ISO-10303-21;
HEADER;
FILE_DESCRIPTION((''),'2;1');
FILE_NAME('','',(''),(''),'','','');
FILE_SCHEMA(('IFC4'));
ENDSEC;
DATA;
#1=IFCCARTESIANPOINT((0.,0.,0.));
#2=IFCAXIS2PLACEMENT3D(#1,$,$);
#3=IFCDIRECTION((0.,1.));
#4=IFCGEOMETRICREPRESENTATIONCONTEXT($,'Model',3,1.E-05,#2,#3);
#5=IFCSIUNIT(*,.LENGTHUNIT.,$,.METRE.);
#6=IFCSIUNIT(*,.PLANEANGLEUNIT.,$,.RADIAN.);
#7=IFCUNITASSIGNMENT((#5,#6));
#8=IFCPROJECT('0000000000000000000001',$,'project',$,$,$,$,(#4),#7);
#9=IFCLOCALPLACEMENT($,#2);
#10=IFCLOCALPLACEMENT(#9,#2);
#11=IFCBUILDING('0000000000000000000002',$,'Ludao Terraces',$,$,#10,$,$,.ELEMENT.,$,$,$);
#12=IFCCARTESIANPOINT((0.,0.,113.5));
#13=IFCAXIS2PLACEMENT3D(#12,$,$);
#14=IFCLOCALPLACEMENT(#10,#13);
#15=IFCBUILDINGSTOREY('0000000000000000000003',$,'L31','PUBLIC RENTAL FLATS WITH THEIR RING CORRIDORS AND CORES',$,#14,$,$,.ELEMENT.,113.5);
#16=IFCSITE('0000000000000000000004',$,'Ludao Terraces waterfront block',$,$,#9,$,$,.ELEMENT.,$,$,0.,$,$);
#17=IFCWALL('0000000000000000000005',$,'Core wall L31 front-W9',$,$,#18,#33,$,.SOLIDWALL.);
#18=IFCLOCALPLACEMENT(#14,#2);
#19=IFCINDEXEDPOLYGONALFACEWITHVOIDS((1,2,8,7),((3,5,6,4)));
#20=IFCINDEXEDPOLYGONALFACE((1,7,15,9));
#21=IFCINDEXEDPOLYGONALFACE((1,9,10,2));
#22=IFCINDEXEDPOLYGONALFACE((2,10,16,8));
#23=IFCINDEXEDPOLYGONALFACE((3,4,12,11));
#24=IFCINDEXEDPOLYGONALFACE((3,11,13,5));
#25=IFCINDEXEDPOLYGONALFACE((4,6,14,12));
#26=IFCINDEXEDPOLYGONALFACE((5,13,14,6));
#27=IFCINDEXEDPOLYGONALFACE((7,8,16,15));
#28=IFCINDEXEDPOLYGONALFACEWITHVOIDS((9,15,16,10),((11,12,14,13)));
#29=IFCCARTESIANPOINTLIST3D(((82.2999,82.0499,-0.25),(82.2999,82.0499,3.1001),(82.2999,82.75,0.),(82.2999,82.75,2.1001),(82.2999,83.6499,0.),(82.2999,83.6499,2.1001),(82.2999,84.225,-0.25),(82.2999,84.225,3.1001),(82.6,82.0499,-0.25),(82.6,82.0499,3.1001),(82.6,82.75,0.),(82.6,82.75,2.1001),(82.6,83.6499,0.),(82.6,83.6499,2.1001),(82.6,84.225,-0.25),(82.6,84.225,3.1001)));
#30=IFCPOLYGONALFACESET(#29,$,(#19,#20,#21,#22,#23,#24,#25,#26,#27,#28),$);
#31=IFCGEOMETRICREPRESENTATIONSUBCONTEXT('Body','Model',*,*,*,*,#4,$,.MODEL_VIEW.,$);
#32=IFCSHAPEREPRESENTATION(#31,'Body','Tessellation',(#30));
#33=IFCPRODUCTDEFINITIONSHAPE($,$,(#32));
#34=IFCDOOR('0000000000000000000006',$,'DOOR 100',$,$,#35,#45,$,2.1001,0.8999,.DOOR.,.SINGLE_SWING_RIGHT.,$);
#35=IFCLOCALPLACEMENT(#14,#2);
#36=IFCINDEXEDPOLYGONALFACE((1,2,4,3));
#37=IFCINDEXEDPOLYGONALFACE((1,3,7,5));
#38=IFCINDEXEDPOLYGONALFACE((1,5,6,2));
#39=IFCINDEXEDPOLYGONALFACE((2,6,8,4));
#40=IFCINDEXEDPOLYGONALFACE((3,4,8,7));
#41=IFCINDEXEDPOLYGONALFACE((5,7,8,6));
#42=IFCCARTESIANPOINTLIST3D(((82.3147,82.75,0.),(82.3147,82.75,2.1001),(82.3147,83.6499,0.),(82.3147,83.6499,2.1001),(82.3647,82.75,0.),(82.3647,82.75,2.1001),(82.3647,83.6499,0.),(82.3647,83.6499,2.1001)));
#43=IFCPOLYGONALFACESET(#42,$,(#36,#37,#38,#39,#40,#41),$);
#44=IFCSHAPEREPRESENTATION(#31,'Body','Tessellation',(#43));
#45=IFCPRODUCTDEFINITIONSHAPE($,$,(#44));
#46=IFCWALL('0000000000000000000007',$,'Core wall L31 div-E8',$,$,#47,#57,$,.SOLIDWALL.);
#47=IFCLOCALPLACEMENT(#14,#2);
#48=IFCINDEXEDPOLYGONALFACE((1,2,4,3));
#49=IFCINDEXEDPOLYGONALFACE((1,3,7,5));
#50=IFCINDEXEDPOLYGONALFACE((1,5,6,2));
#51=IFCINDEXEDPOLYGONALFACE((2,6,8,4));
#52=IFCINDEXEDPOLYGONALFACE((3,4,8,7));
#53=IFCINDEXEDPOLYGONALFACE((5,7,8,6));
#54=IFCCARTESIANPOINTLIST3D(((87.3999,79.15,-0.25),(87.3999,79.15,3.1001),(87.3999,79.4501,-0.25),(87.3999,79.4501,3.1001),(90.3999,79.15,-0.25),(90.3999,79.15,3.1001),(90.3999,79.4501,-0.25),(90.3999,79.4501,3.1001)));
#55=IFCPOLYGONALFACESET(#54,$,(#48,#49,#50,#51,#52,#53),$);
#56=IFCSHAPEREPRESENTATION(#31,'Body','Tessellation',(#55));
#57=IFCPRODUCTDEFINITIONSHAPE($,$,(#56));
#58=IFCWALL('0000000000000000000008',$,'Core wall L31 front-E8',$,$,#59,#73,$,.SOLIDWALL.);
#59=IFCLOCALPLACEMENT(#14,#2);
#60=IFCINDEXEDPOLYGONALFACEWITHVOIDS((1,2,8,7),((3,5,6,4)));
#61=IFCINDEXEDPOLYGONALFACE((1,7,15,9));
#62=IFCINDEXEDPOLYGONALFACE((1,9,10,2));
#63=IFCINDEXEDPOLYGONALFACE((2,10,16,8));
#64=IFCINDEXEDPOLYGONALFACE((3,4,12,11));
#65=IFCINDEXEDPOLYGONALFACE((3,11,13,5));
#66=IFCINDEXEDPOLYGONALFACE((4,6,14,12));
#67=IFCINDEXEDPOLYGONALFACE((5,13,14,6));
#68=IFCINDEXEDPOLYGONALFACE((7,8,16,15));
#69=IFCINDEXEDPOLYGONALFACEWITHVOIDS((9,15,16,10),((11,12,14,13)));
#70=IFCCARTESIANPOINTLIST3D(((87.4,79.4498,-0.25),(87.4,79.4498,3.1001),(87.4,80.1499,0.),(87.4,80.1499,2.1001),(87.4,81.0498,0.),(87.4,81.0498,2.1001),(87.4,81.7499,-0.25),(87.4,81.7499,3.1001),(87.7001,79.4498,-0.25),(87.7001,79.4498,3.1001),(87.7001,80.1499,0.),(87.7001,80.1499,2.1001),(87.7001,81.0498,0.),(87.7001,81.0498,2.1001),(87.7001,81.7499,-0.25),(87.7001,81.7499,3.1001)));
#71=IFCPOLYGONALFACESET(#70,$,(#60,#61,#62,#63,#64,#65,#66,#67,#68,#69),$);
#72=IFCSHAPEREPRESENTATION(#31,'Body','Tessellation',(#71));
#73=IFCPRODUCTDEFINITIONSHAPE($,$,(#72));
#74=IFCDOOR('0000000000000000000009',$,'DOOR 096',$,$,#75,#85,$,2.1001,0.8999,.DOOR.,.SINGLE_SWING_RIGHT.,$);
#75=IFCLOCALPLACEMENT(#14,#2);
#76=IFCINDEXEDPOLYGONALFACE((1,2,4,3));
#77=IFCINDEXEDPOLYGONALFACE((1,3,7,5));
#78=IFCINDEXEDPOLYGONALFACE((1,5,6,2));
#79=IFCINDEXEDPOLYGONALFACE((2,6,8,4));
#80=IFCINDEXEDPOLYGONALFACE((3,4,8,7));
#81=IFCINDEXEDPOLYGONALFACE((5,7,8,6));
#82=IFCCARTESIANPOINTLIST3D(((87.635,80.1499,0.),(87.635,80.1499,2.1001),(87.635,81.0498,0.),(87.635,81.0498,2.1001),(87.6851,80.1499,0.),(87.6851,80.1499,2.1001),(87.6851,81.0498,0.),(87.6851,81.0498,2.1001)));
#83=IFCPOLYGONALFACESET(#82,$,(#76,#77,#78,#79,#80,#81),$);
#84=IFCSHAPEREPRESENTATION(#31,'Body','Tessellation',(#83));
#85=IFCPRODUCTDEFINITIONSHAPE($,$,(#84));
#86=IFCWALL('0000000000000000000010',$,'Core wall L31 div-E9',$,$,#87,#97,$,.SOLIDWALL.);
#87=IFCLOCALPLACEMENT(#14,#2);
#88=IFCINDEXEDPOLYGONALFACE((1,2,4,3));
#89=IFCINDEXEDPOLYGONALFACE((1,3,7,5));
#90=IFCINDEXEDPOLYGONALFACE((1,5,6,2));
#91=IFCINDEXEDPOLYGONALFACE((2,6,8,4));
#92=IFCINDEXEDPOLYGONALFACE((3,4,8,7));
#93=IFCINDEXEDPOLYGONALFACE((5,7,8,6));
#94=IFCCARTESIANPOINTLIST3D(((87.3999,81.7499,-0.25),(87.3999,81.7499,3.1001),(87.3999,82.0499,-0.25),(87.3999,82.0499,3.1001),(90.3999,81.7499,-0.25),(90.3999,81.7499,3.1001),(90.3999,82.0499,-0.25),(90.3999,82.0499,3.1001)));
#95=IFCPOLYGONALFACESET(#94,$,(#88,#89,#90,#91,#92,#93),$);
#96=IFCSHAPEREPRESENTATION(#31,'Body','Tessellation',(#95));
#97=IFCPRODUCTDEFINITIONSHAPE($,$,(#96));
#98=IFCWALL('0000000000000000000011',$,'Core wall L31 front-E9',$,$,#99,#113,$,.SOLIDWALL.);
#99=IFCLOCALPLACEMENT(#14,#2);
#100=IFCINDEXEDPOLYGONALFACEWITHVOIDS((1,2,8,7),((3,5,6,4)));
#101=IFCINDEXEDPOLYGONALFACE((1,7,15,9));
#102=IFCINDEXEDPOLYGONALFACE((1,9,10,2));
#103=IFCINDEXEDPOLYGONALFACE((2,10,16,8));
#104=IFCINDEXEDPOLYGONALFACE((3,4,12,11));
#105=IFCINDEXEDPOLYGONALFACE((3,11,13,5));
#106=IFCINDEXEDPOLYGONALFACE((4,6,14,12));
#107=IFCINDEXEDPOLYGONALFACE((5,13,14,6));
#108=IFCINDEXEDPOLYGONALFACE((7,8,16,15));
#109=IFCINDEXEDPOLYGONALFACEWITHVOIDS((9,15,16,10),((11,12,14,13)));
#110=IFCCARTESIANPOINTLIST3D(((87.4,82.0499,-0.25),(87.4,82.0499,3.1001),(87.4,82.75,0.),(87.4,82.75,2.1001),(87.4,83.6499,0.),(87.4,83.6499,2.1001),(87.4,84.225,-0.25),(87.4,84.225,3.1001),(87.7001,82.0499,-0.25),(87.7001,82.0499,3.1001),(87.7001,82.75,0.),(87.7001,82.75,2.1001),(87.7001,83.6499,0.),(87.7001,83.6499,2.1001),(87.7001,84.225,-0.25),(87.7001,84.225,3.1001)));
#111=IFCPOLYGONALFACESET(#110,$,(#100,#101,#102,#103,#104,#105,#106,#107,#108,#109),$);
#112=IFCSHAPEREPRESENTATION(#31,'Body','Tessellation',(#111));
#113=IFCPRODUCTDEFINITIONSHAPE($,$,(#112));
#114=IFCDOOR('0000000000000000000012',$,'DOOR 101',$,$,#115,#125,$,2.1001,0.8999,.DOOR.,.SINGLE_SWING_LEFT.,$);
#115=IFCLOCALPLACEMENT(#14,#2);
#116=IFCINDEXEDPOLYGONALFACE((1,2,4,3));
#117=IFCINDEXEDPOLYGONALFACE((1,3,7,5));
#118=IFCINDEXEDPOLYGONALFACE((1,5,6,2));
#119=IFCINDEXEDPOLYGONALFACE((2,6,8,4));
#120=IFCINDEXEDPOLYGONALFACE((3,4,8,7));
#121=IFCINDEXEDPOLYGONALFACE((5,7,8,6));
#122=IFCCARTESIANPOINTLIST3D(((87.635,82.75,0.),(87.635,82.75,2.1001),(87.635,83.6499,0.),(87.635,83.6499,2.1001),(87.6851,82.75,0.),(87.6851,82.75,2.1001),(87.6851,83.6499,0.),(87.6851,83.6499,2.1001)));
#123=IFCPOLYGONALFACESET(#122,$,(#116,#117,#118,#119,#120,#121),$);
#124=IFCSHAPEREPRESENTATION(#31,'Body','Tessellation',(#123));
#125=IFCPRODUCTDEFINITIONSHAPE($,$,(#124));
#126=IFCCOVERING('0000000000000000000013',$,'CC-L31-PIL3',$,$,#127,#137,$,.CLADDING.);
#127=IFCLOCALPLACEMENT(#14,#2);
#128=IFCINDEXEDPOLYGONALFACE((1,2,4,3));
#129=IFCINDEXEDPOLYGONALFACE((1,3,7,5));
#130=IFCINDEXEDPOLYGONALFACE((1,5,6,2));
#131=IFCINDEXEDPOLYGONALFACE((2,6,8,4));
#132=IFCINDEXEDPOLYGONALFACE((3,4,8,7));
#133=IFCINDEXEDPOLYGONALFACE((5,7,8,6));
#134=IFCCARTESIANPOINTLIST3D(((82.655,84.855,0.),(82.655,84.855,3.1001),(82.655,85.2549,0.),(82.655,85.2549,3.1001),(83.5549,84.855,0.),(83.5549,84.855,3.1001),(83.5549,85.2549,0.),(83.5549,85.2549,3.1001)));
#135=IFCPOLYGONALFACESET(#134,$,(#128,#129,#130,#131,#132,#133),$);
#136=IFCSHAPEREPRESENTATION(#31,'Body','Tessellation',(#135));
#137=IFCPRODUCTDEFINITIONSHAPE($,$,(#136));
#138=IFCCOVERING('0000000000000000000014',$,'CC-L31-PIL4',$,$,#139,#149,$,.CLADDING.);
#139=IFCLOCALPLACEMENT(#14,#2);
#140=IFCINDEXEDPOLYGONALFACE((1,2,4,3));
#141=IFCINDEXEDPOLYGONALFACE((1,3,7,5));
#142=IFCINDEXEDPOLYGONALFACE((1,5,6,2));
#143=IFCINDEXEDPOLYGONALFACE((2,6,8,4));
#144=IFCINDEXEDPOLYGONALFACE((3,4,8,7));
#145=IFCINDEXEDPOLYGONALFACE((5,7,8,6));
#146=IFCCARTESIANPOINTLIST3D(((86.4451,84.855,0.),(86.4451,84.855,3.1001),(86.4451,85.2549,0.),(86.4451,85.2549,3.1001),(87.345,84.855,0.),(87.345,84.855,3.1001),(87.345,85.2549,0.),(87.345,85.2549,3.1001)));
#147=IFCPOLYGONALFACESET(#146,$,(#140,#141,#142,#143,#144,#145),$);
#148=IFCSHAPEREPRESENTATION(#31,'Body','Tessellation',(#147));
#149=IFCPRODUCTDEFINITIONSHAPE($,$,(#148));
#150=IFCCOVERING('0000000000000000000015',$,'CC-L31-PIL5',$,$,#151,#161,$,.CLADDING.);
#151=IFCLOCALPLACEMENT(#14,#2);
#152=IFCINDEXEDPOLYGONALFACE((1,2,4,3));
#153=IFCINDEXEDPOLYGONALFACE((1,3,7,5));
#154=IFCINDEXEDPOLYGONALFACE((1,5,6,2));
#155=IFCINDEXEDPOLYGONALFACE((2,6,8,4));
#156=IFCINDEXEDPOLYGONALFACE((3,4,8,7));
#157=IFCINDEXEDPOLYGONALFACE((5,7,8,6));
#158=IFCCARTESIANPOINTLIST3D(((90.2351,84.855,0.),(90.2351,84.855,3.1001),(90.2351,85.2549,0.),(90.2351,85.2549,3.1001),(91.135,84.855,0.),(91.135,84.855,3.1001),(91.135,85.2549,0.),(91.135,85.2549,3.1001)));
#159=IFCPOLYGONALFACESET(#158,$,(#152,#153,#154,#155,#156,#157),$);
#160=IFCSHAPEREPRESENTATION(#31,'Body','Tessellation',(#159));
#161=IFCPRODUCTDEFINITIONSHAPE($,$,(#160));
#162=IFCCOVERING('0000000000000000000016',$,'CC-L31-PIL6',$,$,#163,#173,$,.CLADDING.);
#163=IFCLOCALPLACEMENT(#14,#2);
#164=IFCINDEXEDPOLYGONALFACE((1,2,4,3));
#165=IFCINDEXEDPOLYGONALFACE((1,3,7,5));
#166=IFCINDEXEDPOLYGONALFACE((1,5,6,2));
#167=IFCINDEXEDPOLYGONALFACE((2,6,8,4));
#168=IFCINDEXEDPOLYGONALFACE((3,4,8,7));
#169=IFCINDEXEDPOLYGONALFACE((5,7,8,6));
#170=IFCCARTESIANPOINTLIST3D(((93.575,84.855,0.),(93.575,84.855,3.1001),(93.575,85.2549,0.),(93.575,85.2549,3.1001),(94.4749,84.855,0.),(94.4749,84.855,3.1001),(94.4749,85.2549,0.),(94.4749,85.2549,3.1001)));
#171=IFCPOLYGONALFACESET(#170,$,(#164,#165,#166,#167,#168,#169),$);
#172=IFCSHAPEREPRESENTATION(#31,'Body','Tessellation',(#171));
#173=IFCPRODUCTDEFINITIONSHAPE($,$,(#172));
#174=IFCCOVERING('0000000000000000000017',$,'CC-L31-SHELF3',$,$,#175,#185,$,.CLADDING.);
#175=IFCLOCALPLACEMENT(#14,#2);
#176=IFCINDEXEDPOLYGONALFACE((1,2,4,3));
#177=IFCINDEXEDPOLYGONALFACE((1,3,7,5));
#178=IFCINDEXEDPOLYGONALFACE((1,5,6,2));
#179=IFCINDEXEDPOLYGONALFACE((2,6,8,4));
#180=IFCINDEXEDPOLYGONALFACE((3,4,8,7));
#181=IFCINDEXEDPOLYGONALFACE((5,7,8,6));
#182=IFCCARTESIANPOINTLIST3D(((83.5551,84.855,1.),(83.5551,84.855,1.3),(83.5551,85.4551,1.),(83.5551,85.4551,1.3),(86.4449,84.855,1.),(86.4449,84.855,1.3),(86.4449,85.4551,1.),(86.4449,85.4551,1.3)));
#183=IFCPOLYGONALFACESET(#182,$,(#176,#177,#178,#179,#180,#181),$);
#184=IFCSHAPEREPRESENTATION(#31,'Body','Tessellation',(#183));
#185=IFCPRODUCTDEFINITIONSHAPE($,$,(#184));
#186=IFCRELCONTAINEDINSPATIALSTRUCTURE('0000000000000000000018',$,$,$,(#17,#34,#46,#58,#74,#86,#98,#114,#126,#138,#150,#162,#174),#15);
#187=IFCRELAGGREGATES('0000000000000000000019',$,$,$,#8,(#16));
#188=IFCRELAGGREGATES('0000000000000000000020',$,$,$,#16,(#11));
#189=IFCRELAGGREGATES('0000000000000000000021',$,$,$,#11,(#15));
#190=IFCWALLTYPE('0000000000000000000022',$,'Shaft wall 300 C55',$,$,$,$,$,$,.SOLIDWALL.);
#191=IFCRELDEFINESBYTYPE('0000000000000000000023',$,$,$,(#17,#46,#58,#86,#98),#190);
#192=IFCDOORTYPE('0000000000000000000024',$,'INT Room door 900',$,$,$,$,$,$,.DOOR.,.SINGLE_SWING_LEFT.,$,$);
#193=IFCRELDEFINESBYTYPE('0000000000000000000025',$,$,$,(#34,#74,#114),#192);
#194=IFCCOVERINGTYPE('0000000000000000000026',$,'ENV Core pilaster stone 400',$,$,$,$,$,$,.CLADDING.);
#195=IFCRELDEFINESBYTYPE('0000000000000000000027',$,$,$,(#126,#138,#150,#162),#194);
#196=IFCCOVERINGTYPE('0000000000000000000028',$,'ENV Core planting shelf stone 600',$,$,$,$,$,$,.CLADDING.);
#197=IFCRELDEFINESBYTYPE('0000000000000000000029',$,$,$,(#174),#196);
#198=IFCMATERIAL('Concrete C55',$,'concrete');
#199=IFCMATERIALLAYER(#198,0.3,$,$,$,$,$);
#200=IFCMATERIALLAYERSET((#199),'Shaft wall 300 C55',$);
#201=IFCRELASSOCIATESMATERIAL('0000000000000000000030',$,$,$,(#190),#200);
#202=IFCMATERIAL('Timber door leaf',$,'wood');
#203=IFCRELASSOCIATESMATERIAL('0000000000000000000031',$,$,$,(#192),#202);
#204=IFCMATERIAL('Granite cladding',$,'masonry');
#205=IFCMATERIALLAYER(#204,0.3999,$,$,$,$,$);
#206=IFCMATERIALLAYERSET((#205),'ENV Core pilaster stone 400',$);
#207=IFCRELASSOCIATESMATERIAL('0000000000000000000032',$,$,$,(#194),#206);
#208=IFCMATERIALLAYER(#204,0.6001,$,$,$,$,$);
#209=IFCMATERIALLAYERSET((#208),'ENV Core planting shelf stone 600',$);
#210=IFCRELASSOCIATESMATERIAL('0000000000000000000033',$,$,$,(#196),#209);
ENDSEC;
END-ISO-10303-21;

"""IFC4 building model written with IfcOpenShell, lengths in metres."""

from ifc_helpers import new_model, si_unit, direction, frame, frame_2d, origin, origin_2d, place, context, subcontext, project, spatial, rectangle, extrude, material, layer, layer_set, type_object, element, fill, save


model = new_model("IFC4")

# Units and contexts
model_context = context("Model", 3, precision=1e-05, world=origin(), true_north=direction((0.0, 1.0)))
body_context = subcontext(model_context, "Body", "Model", "MODEL_VIEW")
ifc_project = project(units=[si_unit("LENGTHUNIT", "METRE"), si_unit("PLANEANGLEUNIT", "RADIAN")], contexts=[model_context])

# Site, building, storey
site_placement = place(None, origin())
site = spatial("IfcSite", under=ifc_project, at=site_placement, Name="Ludao Terraces waterfront block", CompositionType="ELEMENT", RefElevation=0.0)
building_placement = place(site_placement, origin())
building = spatial("IfcBuilding", under=site, at=building_placement, Name="Ludao Terraces", CompositionType="ELEMENT")
storey_placement = place(building_placement, frame((0.0, 0.0, 113.5)))
storey = spatial("IfcBuildingStorey", under=building, at=storey_placement, Name="L31", Description="PUBLIC RENTAL FLATS WITH THEIR RING CORRIDORS AND CORES", CompositionType="ELEMENT", Elevation=113.5)

# Wall, opening, door
ifc_material_1 = material(Name="Concrete C55", Category="concrete")
ifc_layer_1 = layer(ifc_material_1, 0.3)
ifc_layer_set_1 = layer_set([ifc_layer_1], Name="Shaft wall 300 C55")
wall_type = type_object("IfcWallType", Name="Shaft wall 300 C55", PredefinedType="SOLIDWALL", material=ifc_layer_set_1)
wall_1_placement = place(storey_placement, frame((82.45, 82.05, -0.25), z_axis=(0.0, 0.0, 1.0), x_axis=(0.0, 1.0, 0.0)))
wall_1 = element("IfcWall", 1, at=wall_1_placement, inside=storey, type_object=wall_type, Name="Core wall L31 front-W9", PredefinedType="SOLIDWALL", context=body_context, shape_type="SweptSolid", body=[
    extrude(rectangle(XDim=2.175, YDim=0.3, at=frame_2d((1.0874, 0.0))), origin(), (0.0, 0.0, 1.0), 3.3501),
])
opening_1_placement = place(wall_1_placement, frame((0.7, 0.0, 0.25)))
opening_1 = element("IfcOpeningElement", 2, at=opening_1_placement, cuts=wall_1, PredefinedType="OPENING", context=body_context, shape_type="SweptSolid", body=[
    extrude(rectangle(XDim=0.8999, YDim=2.1001, at=frame_2d((0.45, 1.05))), frame((0.0, 0.1602, 0.0), z_axis=(0.0, -1.0, 0.0), x_axis=(1.0, 0.0, 0.0)), (0.0, 0.0, 1.0), 0.3201),
])
ifc_material_2 = material(Name="Timber door leaf", Category="wood")
door_type = type_object("IfcDoorType", Name="INT Room door 900", OperationType="SINGLE_SWING_LEFT", PredefinedType="DOOR", material=ifc_material_2)
door_1_placement = place(opening_1_placement, origin())
door_1 = element("IfcDoor", 3, at=door_1_placement, inside=storey, type_object=door_type, Name="DOOR 100", OperationType="SINGLE_SWING_RIGHT", OverallHeight=2.1001, OverallWidth=0.8999, PredefinedType="DOOR", context=body_context, shape_type="SweptSolid", body=[
    extrude(rectangle(XDim=0.8999, YDim=2.1001, at=frame_2d((0.45, 1.05))), frame((0.0, 0.1353, 0.0), z_axis=(0.0, -1.0, 0.0), x_axis=(1.0, 0.0, 0.0)), (0.0, 0.0, 1.0), 0.05),
])
fill(opening_1, door_1)

# Wall
wall_2_placement = place(storey_placement, frame((87.3999, 79.3, -0.25), z_axis=(0.0, 0.0, 1.0), x_axis=(1.0, 0.0, 0.0)))
element("IfcWall", 4, at=wall_2_placement, inside=storey, type_object=wall_type, Name="Core wall L31 div-E8", PredefinedType="SOLIDWALL", context=body_context, shape_type="SweptSolid", body=[
    extrude(rectangle(XDim=3.0, YDim=0.3, at=frame_2d((1.5, 0.0))), origin(), (0.0, 0.0, 1.0), 3.3501),
])

# Wall, opening, door
wall_3_placement = place(storey_placement, frame((87.55, 79.45, -0.25), z_axis=(0.0, 0.0, 1.0), x_axis=(0.0, 1.0, 0.0)))
wall_3 = element("IfcWall", 5, at=wall_3_placement, inside=storey, type_object=wall_type, Name="Core wall L31 front-E8", PredefinedType="SOLIDWALL", context=body_context, shape_type="SweptSolid", body=[
    extrude(rectangle(XDim=2.3, YDim=0.3, at=frame_2d((1.1499, 0.0))), origin(), (0.0, 0.0, 1.0), 3.3501),
])
opening_2_placement = place(wall_3_placement, frame((0.7, 0.0, 0.25)))
opening_2 = element("IfcOpeningElement", 6, at=opening_2_placement, cuts=wall_3, PredefinedType="OPENING", context=body_context, shape_type="SweptSolid", body=[
    extrude(rectangle(XDim=0.8999, YDim=2.1001, at=frame_2d((0.45, 1.05))), frame((0.0, 0.1602, 0.0), z_axis=(0.0, -1.0, 0.0), x_axis=(1.0, 0.0, 0.0)), (0.0, 0.0, 1.0), 0.3201),
])
door_2_placement = place(opening_2_placement, origin())
door_2 = element("IfcDoor", 7, at=door_2_placement, inside=storey, type_object=door_type, Name="DOOR 096", OperationType="SINGLE_SWING_RIGHT", OverallHeight=2.1001, OverallWidth=0.8999, PredefinedType="DOOR", context=body_context, shape_type="SweptSolid", body=[
    extrude(rectangle(XDim=0.8999, YDim=2.1001, at=frame_2d((0.45, 1.05))), frame((0.0, -0.085, 0.0), z_axis=(0.0, -1.0, 0.0), x_axis=(1.0, 0.0, 0.0)), (0.0, 0.0, 1.0), 0.05),
])
fill(opening_2, door_2)

# Wall
wall_4_placement = place(storey_placement, frame((87.3999, 81.8999, -0.25), z_axis=(0.0, 0.0, 1.0), x_axis=(1.0, 0.0, 0.0)))
element("IfcWall", 8, at=wall_4_placement, inside=storey, type_object=wall_type, Name="Core wall L31 div-E9", PredefinedType="SOLIDWALL", context=body_context, shape_type="SweptSolid", body=[
    extrude(rectangle(XDim=3.0, YDim=0.3, at=frame_2d((1.5, 0.0))), origin(), (0.0, 0.0, 1.0), 3.3501),
])

# Wall, opening, door
wall_5_placement = place(storey_placement, frame((87.55, 82.05, -0.25), z_axis=(0.0, 0.0, 1.0), x_axis=(0.0, 1.0, 0.0)))
wall_5 = element("IfcWall", 9, at=wall_5_placement, inside=storey, type_object=wall_type, Name="Core wall L31 front-E9", PredefinedType="SOLIDWALL", context=body_context, shape_type="SweptSolid", body=[
    extrude(rectangle(XDim=2.175, YDim=0.3, at=frame_2d((1.0874, 0.0))), origin(), (0.0, 0.0, 1.0), 3.3501),
])
opening_3_placement = place(wall_5_placement, frame((0.7, 0.0, 0.25)))
opening_3 = element("IfcOpeningElement", 10, at=opening_3_placement, cuts=wall_5, PredefinedType="OPENING", context=body_context, shape_type="SweptSolid", body=[
    extrude(rectangle(XDim=0.8999, YDim=2.1001, at=frame_2d((0.45, 1.05))), frame((0.0, 0.1602, 0.0), z_axis=(0.0, -1.0, 0.0), x_axis=(1.0, 0.0, 0.0)), (0.0, 0.0, 1.0), 0.3201),
])
door_3_placement = place(opening_3_placement, origin())
door_3 = element("IfcDoor", 11, at=door_3_placement, inside=storey, type_object=door_type, Name="DOOR 101", OperationType="SINGLE_SWING_LEFT", OverallHeight=2.1001, OverallWidth=0.8999, PredefinedType="DOOR", context=body_context, shape_type="SweptSolid", body=[
    extrude(rectangle(XDim=0.8999, YDim=2.1001, at=frame_2d((0.45, 1.05))), frame((0.0, -0.085, 0.0), z_axis=(0.0, -1.0, 0.0), x_axis=(1.0, 0.0, 0.0)), (0.0, 0.0, 1.0), 0.05),
])
fill(opening_3, door_3)

# Coverings
ifc_material_3 = material(Name="Granite cladding", Category="masonry")
ifc_layer_2 = layer(ifc_material_3, 0.3999)
ifc_layer_set_2 = layer_set([ifc_layer_2], Name="ENV Core pilaster stone 400")
covering_type_1 = type_object("IfcCoveringType", Name="ENV Core pilaster stone 400", PredefinedType="CLADDING", material=ifc_layer_set_2)
for number, where, z_axis, x_axis, name in (
    (12, (83.105, 85.0549, 0.0), (0.0, 0.0, 1.0), (1.0, 0.0, 0.0), "CC-L31-PIL3"),
    (13, (86.895, 85.0549, 0.0), (0.0, 0.0, 1.0), (1.0, 0.0, 0.0), "CC-L31-PIL4"),
    (14, (90.6851, 85.0549, 0.0), (0.0, 0.0, 1.0), (1.0, 0.0, 0.0), "CC-L31-PIL5"),
    (15, (94.0249, 85.0549, 0.0), (0.0, 0.0, 1.0), (1.0, 0.0, 0.0), "CC-L31-PIL6"),
):
    element("IfcCovering", number, at=place(storey_placement, frame(where, z_axis=z_axis, x_axis=x_axis)), inside=storey, type_object=covering_type_1, Name=name, PredefinedType="CLADDING", context=body_context, shape_type="SweptSolid", body=[
        extrude(rectangle(XDim=0.8999, YDim=0.3999, at=origin_2d()), origin(), (0.0, 0.0, 1.0), 3.1001),
    ])
ifc_layer_3 = layer(ifc_material_3, 0.6001)
ifc_layer_set_3 = layer_set([ifc_layer_3], Name="ENV Core planting shelf stone 600")
covering_type_2 = type_object("IfcCoveringType", Name="ENV Core planting shelf stone 600", PredefinedType="CLADDING", material=ifc_layer_set_3)
for number, where, z_axis, x_axis, name in (
    (16, (85.0, 85.155, 1.0), (0.0, 0.0, 1.0), (1.0, 0.0, 0.0), "CC-L31-SHELF3"),
):
    element("IfcCovering", number, at=place(storey_placement, frame(where, z_axis=z_axis, x_axis=x_axis)), inside=storey, type_object=covering_type_2, Name=name, PredefinedType="CLADDING", context=body_context, shape_type="SweptSolid", body=[
        extrude(rectangle(XDim=2.8899, YDim=0.6001, at=origin_2d()), origin(), (0.0, 0.0, 1.0), 0.3),
    ])

save(model, "model.ifc")
